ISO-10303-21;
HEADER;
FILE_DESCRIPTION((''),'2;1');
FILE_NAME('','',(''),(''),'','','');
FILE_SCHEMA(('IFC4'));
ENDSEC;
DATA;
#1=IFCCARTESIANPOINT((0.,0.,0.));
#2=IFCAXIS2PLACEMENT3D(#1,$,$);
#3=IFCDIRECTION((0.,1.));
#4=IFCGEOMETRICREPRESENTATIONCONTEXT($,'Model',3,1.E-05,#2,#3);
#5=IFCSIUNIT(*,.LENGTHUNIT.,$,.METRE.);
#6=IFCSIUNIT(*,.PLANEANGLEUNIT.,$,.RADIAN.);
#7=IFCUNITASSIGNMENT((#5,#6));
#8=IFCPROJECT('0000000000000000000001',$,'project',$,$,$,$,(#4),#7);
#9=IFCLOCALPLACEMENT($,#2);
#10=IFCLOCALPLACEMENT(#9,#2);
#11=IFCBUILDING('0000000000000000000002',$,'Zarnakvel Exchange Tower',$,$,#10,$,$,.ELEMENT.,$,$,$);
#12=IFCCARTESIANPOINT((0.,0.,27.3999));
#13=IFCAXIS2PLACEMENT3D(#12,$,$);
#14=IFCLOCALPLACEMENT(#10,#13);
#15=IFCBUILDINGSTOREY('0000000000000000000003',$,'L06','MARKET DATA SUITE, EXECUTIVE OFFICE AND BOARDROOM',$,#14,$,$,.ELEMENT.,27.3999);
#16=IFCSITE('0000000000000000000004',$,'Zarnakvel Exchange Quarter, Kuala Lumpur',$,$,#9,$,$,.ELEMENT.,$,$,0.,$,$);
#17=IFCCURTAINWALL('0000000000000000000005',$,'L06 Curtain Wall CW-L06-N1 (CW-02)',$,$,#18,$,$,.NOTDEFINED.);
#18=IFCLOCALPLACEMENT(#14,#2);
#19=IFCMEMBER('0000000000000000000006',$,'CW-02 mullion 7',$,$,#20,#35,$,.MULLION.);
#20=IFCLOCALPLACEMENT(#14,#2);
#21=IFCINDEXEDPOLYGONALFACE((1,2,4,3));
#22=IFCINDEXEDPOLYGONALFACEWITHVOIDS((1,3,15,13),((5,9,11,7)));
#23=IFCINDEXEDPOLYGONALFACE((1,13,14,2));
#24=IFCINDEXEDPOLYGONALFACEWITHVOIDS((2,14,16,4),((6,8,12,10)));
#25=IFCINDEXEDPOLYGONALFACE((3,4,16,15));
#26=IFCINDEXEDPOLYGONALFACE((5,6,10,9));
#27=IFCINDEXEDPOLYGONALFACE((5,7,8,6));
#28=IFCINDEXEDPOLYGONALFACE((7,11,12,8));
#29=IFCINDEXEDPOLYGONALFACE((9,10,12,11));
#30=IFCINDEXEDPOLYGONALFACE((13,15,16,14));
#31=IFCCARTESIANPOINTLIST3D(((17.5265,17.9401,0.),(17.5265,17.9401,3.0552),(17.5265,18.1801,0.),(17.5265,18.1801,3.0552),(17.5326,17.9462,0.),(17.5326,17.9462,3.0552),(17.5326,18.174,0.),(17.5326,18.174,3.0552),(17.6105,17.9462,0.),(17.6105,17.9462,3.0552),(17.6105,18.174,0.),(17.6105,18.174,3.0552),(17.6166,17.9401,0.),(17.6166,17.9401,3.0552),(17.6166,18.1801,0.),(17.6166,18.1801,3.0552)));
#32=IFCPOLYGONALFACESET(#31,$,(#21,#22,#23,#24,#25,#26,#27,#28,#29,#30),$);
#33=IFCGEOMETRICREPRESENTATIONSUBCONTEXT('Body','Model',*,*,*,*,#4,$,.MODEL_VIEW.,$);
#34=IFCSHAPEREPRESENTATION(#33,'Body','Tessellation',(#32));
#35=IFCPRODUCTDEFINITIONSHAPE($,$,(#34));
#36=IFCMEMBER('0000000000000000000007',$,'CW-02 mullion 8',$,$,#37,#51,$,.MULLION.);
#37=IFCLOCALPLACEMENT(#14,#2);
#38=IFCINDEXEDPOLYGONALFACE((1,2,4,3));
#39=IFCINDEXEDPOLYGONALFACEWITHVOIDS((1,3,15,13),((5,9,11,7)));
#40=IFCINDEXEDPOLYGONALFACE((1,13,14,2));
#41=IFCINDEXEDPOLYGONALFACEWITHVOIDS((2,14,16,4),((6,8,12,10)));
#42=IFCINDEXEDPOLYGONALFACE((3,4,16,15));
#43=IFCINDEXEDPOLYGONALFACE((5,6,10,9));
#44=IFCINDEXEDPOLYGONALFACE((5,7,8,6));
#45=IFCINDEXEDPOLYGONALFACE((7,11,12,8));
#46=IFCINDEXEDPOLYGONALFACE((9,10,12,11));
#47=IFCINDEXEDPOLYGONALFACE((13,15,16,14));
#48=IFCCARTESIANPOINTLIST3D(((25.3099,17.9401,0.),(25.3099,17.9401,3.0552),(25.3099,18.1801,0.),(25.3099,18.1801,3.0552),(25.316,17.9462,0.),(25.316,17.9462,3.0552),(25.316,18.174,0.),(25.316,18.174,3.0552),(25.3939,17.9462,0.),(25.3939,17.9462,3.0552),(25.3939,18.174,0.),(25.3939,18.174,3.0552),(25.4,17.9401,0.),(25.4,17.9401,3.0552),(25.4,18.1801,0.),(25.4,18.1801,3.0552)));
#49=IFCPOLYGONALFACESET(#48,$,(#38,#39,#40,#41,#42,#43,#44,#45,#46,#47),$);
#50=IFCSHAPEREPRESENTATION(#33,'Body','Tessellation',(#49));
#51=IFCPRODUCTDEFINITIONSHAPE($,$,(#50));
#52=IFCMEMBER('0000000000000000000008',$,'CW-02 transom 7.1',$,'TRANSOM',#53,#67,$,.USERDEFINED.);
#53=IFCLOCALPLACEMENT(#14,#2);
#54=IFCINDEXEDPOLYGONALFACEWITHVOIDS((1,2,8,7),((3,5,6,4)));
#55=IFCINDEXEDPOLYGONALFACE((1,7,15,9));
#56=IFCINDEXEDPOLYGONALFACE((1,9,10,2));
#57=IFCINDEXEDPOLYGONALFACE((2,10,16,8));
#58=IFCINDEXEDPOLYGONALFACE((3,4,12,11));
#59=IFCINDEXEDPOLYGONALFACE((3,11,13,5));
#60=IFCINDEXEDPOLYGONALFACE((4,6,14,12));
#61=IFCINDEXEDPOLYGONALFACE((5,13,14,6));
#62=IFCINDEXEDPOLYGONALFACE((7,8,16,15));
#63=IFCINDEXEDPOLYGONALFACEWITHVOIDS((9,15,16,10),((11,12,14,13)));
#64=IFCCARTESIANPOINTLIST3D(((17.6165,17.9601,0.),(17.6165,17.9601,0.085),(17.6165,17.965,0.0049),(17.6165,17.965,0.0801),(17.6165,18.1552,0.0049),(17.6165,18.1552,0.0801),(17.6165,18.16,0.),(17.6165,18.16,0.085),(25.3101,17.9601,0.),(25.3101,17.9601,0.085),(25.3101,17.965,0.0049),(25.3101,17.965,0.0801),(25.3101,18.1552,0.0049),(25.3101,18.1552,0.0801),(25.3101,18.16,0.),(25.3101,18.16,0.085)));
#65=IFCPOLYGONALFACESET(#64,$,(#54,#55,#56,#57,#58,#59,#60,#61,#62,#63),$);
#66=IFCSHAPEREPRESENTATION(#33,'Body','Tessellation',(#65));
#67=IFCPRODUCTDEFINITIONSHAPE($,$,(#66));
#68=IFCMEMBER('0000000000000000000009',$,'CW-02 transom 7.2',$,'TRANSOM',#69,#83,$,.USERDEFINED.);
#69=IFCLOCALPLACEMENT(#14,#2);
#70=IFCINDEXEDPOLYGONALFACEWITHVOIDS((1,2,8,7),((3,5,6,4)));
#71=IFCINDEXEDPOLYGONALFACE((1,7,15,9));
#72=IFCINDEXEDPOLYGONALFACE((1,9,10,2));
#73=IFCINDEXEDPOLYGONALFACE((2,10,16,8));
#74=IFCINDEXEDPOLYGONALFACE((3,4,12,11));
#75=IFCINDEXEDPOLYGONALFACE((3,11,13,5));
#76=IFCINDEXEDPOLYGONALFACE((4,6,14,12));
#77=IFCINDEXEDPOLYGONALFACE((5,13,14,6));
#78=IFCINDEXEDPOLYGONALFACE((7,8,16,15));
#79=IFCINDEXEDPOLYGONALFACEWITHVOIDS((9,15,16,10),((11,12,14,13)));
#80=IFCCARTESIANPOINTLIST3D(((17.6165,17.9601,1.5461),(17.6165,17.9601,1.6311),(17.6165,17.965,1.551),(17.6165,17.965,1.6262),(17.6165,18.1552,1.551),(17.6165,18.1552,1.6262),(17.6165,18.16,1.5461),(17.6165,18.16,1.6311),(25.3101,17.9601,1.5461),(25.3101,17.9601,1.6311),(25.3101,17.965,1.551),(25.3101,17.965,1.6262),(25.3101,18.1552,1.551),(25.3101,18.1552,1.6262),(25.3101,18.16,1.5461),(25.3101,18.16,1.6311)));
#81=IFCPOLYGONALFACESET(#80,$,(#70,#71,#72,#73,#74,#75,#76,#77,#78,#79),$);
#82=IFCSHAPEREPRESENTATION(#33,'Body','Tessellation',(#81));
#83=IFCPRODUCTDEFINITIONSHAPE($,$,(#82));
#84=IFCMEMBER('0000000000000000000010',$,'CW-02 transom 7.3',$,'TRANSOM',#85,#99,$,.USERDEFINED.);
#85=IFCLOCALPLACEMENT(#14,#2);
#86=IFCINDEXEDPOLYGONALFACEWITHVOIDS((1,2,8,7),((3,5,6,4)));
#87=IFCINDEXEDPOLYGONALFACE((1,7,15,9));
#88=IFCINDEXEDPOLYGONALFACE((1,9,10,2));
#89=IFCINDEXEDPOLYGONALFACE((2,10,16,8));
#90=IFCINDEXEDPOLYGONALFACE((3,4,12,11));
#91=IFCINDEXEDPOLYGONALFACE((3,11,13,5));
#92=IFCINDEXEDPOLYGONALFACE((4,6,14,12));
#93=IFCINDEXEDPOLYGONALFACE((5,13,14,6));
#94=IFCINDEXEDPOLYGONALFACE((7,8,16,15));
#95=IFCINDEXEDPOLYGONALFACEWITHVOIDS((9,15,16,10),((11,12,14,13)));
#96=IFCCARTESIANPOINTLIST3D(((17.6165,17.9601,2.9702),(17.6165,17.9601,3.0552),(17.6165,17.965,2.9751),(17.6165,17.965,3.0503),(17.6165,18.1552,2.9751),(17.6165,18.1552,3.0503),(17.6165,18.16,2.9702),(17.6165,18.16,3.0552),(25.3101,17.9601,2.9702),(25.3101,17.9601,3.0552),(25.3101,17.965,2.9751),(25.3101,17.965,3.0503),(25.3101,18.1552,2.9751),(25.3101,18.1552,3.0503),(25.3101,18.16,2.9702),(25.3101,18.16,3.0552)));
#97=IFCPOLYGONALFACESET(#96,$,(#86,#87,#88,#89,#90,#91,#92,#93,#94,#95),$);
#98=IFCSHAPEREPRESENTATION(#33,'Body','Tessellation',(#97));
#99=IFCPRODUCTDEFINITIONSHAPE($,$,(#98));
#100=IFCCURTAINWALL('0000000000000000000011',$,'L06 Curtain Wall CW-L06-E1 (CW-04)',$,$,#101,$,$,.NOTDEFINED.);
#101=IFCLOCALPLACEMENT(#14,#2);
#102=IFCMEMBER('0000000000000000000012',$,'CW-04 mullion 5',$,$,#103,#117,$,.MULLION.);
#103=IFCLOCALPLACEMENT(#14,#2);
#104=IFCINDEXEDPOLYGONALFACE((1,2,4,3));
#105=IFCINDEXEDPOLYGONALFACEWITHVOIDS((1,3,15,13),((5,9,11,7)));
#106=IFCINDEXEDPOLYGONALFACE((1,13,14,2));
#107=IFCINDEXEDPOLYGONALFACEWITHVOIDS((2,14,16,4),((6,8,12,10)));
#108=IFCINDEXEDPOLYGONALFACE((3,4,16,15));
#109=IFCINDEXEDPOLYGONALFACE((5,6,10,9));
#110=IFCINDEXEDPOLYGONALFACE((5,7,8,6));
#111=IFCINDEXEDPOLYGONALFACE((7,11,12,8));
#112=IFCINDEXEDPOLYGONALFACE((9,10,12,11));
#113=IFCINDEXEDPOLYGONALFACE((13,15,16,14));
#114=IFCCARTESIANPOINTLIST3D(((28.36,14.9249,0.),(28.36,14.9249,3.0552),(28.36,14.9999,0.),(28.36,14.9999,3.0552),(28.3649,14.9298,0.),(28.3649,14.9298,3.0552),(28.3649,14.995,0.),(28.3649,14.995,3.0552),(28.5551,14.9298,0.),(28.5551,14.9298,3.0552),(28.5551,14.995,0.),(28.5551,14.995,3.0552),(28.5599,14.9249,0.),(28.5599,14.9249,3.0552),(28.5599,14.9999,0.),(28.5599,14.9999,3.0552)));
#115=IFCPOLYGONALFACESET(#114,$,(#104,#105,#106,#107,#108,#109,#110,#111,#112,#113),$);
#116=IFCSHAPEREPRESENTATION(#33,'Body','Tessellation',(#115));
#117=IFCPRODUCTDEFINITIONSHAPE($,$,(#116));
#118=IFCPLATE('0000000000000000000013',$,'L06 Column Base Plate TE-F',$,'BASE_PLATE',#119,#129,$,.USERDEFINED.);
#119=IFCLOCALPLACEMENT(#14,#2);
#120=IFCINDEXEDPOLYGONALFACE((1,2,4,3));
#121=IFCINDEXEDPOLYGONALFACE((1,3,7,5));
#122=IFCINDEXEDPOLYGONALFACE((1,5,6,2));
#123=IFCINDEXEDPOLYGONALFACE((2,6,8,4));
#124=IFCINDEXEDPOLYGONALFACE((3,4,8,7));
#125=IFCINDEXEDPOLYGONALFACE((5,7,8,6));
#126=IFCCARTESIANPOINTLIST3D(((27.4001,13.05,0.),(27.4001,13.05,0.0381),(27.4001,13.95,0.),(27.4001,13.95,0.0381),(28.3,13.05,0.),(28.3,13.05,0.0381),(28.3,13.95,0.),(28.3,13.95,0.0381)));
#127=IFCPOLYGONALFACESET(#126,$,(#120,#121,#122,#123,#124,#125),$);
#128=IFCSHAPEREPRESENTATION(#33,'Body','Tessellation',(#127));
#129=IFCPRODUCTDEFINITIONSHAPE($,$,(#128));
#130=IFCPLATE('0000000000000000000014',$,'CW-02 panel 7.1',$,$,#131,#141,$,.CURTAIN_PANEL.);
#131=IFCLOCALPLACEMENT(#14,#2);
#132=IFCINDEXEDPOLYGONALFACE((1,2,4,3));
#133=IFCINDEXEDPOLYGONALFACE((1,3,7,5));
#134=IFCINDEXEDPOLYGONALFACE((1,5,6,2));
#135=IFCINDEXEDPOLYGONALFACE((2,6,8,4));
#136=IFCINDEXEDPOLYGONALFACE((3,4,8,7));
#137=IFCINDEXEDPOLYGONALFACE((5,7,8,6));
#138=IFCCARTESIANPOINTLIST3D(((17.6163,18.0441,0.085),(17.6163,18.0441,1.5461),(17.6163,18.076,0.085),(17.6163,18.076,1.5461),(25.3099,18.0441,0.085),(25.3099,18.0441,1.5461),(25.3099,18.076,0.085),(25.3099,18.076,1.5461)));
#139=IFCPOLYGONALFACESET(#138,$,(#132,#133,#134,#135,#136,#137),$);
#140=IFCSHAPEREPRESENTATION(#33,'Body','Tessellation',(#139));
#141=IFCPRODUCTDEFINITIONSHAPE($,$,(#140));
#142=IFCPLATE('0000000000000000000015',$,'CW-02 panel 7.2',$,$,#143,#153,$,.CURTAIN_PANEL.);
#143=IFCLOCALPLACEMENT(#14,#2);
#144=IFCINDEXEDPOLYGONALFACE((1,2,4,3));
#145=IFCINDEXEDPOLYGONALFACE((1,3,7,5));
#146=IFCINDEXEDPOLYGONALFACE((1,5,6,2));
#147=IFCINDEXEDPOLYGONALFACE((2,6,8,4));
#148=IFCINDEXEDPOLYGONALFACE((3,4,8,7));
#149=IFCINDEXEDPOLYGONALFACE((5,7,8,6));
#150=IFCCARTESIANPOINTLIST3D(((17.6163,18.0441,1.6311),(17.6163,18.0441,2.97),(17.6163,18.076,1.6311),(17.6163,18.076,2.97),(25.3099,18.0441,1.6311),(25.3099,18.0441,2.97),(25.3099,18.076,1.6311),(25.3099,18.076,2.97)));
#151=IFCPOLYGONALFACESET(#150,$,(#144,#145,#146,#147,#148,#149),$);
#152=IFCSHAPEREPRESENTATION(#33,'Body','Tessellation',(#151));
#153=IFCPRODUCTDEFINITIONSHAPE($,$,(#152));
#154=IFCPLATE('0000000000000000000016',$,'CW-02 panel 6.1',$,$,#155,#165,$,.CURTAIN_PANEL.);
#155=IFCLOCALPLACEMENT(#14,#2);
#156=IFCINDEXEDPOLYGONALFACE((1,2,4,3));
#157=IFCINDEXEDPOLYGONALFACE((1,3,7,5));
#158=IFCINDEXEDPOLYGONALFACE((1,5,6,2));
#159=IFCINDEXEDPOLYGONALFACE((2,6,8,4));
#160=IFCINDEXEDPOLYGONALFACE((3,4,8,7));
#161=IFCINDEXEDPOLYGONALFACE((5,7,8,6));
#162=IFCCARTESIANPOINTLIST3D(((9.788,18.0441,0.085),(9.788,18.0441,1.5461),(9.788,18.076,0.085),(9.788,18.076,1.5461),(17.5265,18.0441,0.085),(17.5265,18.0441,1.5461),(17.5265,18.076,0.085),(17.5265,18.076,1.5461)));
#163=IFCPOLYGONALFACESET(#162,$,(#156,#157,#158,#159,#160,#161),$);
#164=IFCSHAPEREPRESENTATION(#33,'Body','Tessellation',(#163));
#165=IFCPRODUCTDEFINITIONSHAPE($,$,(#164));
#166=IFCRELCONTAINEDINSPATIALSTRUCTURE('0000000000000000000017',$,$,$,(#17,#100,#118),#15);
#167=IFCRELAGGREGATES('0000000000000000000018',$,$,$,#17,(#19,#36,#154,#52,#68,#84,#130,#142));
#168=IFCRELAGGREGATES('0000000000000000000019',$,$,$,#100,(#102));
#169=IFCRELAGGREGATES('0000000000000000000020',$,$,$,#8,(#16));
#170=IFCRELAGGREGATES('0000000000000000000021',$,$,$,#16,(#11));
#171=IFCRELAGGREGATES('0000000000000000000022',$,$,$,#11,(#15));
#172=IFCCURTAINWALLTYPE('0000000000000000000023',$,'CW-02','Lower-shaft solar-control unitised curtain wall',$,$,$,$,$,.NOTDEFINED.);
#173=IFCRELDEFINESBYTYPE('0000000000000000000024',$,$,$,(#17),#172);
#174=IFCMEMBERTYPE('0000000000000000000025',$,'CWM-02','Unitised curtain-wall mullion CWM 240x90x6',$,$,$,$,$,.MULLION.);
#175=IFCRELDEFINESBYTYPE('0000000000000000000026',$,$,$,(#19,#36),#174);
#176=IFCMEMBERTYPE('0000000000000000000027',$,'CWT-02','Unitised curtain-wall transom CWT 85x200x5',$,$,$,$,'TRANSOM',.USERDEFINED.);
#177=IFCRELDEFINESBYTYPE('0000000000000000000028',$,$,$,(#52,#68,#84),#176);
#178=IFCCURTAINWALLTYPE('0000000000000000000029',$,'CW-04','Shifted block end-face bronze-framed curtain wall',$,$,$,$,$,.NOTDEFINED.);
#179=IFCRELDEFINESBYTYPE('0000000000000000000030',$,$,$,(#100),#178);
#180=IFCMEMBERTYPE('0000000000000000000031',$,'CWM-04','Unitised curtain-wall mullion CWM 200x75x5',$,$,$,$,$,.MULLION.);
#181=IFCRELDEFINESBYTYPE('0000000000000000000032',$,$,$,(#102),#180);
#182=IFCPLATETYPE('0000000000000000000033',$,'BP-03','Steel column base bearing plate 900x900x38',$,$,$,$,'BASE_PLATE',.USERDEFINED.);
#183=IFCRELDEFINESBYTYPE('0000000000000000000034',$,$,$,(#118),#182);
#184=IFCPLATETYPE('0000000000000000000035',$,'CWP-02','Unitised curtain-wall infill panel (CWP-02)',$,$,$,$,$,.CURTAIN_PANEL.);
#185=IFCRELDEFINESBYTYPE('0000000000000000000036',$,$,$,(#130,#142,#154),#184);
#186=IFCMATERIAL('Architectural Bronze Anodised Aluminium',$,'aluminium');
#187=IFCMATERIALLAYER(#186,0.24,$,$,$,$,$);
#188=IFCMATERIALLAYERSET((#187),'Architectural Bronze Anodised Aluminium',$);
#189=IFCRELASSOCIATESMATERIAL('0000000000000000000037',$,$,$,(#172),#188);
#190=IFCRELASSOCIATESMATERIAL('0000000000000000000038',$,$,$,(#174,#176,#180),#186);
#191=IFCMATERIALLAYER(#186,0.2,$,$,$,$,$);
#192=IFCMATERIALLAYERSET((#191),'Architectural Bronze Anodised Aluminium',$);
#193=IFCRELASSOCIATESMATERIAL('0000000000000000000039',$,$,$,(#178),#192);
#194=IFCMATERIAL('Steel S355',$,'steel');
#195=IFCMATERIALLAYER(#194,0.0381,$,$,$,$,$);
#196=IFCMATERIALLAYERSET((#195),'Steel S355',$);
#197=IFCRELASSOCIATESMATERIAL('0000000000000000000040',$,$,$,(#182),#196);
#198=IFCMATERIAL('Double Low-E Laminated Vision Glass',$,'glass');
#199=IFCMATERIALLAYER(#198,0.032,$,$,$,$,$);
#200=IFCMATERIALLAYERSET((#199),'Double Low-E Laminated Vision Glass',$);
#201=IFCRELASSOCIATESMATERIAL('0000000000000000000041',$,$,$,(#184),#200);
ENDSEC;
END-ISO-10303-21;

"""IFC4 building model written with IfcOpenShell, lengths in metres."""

from ifc_helpers import new_model, si_unit, direction, frame, origin, origin_2d, place, context, subcontext, project, spatial, rectangle, hollow_rectangle, extrude, source, transform, mapped, material, layer, layer_set, material_profile, profile_set, type_object, element, aggregate, save


model = new_model("IFC4")

# Units and contexts
model_context = context("Model", 3, precision=1e-05, world=origin(), true_north=direction((0.0, 1.0)))
body_context = subcontext(model_context, "Body", "Model", "MODEL_VIEW")
ifc_project = project(units=[si_unit("LENGTHUNIT", "METRE"), si_unit("PLANEANGLEUNIT", "RADIAN")], contexts=[model_context])

# Site, building, storey
site_placement = place(None, origin())
site = spatial("IfcSite", under=ifc_project, at=site_placement, Name="Zarnakvel Exchange Quarter, Kuala Lumpur", CompositionType="ELEMENT", RefElevation=0.0)
building_placement = place(site_placement, origin())
building = spatial("IfcBuilding", under=site, at=building_placement, Name="Zarnakvel Exchange Tower", CompositionType="ELEMENT")
storey_placement = place(building_placement, frame((0.0, 0.0, 27.3999)))
storey = spatial("IfcBuildingStorey", under=building, at=storey_placement, Name="L06", Description="MARKET DATA SUITE, EXECUTIVE OFFICE AND BOARDROOM", CompositionType="ELEMENT", Elevation=27.3999)

# Shared definitions
ifc_material_1 = material(Name="Steel S355", Category="steel")

# Curtain wall, members
ifc_material_2 = material(Name="Architectural Bronze Anodised Aluminium", Category="aluminium")
ifc_layer_1 = layer(ifc_material_2, 0.24)
ifc_layer_set_1 = layer_set([ifc_layer_1], Name="Architectural Bronze Anodised Aluminium")
curtain_wall_type_1 = type_object("IfcCurtainWallType", Name="CW-02", Description="Lower-shaft solar-control unitised curtain wall", PredefinedType="NOTDEFINED", material=ifc_layer_set_1)
curtain_wall_1_placement = place(storey_placement, origin())
curtain_wall_1 = element("IfcCurtainWall", 1, at=curtain_wall_1_placement, inside=storey, type_object=curtain_wall_type_1, Name="L06 Curtain Wall CW-L06-N1 (CW-02)", PredefinedType="NOTDEFINED")
ifc_material_profile_1 = material_profile(ifc_material_2, hollow_rectangle(XDim=0.24, YDim=0.0901, WallThickness=0.0061, at=origin_2d()))
ifc_profile_set_1 = profile_set([ifc_material_profile_1], Name="Architectural Bronze Anodised Aluminium")
member_type_1 = type_object("IfcMemberType", Name="CWM-02", Description="Unitised curtain-wall mullion CWM 240x90x6", PredefinedType="MULLION", material=ifc_profile_set_1)
shared_shape_1 = source(origin(), body_context, "Body", "SweptSolid", [
    extrude(hollow_rectangle(XDim=0.24, YDim=0.0901, WallThickness=0.0061, at=origin_2d()), origin(), (0.0, 0.0, 1.0), 3.0552),
])
member_1_placement = place(storey_placement, frame((17.5715, 18.0601, 0.0), z_axis=(0.0, 0.0, 1.0), x_axis=(0.0, 1.0, 0.0)))
member_1 = element("IfcMember", 2, at=member_1_placement, type_object=member_type_1, Name="CW-02 mullion 7", PredefinedType="MULLION", context=body_context, shape_type="MappedRepresentation", body=[
    mapped(shared_shape_1, transform((0.0, 0.0, 0.0), x_axis=(1.0, 0.0, 0.0), y_axis=(0.0, 1.0, 0.0), z_axis=(0.0, 0.0, 1.0), scale=1.0)),
])
member_2_placement = place(storey_placement, frame((25.355, 18.0601, 0.0), z_axis=(0.0, 0.0, 1.0), x_axis=(0.0, 1.0, 0.0)))
member_2 = element("IfcMember", 3, at=member_2_placement, type_object=member_type_1, Name="CW-02 mullion 8", PredefinedType="MULLION", context=body_context, shape_type="MappedRepresentation", body=[
    mapped(shared_shape_1, transform((0.0, 0.0, 0.0), x_axis=(1.0, 0.0, 0.0), y_axis=(0.0, 1.0, 0.0), z_axis=(0.0, 0.0, 1.0), scale=1.0)),
])
ifc_material_profile_2 = material_profile(ifc_material_2, hollow_rectangle(XDim=0.2, YDim=0.085, WallThickness=0.0049, at=origin_2d()))
ifc_profile_set_2 = profile_set([ifc_material_profile_2], Name="Architectural Bronze Anodised Aluminium")
member_type_2 = type_object("IfcMemberType", Name="CWT-02", Description="Unitised curtain-wall transom CWT 85x200x5", ElementType="TRANSOM", PredefinedType="USERDEFINED", material=ifc_profile_set_2)
shared_shape_2 = source(origin(), body_context, "Body", "SweptSolid", [
    extrude(hollow_rectangle(XDim=0.2, YDim=0.085, WallThickness=0.0049, at=origin_2d()), origin(), (0.0, 0.0, 1.0), 7.6936),
])
member_3_placement = place(storey_placement, frame((17.6165, 18.0601, 0.0425), z_axis=(1.0, 0.0, 0.0), x_axis=(0.0, 1.0, 0.0)))
member_3 = element("IfcMember", 4, at=member_3_placement, type_object=member_type_2, Name="CW-02 transom 7.1", ObjectType="TRANSOM", PredefinedType="USERDEFINED", context=body_context, shape_type="MappedRepresentation", body=[
    mapped(shared_shape_2, transform((0.0, 0.0, 0.0), x_axis=(1.0, 0.0, 0.0), y_axis=(0.0, 1.0, 0.0), z_axis=(0.0, 0.0, 1.0), scale=1.0)),
])
member_4_placement = place(storey_placement, frame((17.6165, 18.0601, 1.5886), z_axis=(1.0, 0.0, 0.0), x_axis=(0.0, 1.0, 0.0)))
member_4 = element("IfcMember", 5, at=member_4_placement, type_object=member_type_2, Name="CW-02 transom 7.2", ObjectType="TRANSOM", PredefinedType="USERDEFINED", context=body_context, shape_type="MappedRepresentation", body=[
    mapped(shared_shape_2, transform((0.0, 0.0, 0.0), x_axis=(1.0, 0.0, 0.0), y_axis=(0.0, 1.0, 0.0), z_axis=(0.0, 0.0, 1.0), scale=1.0)),
])
member_5_placement = place(storey_placement, frame((17.6165, 18.0601, 3.0127), z_axis=(1.0, 0.0, 0.0), x_axis=(0.0, 1.0, 0.0)))
member_5 = element("IfcMember", 6, at=member_5_placement, type_object=member_type_2, Name="CW-02 transom 7.3", ObjectType="TRANSOM", PredefinedType="USERDEFINED", context=body_context, shape_type="MappedRepresentation", body=[
    mapped(shared_shape_2, transform((0.0, 0.0, 0.0), x_axis=(1.0, 0.0, 0.0), y_axis=(0.0, 1.0, 0.0), z_axis=(0.0, 0.0, 1.0), scale=1.0)),
])

# Curtain wall, member
ifc_layer_2 = layer(ifc_material_2, 0.2)
ifc_layer_set_2 = layer_set([ifc_layer_2], Name="Architectural Bronze Anodised Aluminium")
curtain_wall_type_2 = type_object("IfcCurtainWallType", Name="CW-04", Description="Shifted block end-face bronze-framed curtain wall", PredefinedType="NOTDEFINED", material=ifc_layer_set_2)
curtain_wall_2_placement = place(storey_placement, origin())
curtain_wall_2 = element("IfcCurtainWall", 7, at=curtain_wall_2_placement, inside=storey, type_object=curtain_wall_type_2, Name="L06 Curtain Wall CW-L06-E1 (CW-04)", PredefinedType="NOTDEFINED")
ifc_material_profile_3 = material_profile(ifc_material_2, hollow_rectangle(XDim=0.2, YDim=0.075, WallThickness=0.0049, at=origin_2d()))
ifc_profile_set_3 = profile_set([ifc_material_profile_3], Name="Architectural Bronze Anodised Aluminium")
member_type_3 = type_object("IfcMemberType", Name="CWM-04", Description="Unitised curtain-wall mullion CWM 200x75x5", PredefinedType="MULLION", material=ifc_profile_set_3)
shared_shape_3 = source(origin(), body_context, "Body", "SweptSolid", [
    extrude(hollow_rectangle(XDim=0.2, YDim=0.075, WallThickness=0.0049, at=origin_2d()), origin(), (0.0, 0.0, 1.0), 3.0552),
])
member_6_placement = place(storey_placement, frame((28.46, 14.9624, 0.0), z_axis=(0.0, 0.0, 1.0), x_axis=(-1.0, 0.0, 0.0)))
member_6 = element("IfcMember", 8, at=member_6_placement, type_object=member_type_3, Name="CW-04 mullion 5", PredefinedType="MULLION", context=body_context, shape_type="MappedRepresentation", body=[
    mapped(shared_shape_3, transform((0.0, 0.0, 0.0), x_axis=(1.0, 0.0, 0.0), y_axis=(0.0, 1.0, 0.0), z_axis=(0.0, 0.0, 1.0), scale=1.0)),
])

# Plates
ifc_layer_3 = layer(ifc_material_1, 0.0381)
ifc_layer_set_3 = layer_set([ifc_layer_3], Name="Steel S355")
plate_type_1 = type_object("IfcPlateType", Name="BP-03", Description="Steel column base bearing plate 900x900x38", ElementType="BASE_PLATE", PredefinedType="USERDEFINED", material=ifc_layer_set_3)
shared_shape_4 = source(origin(), body_context, "Body", "SweptSolid", [
    extrude(rectangle(XDim=0.8999, YDim=0.8999, at=origin_2d()), origin(), (0.0, 0.0, 1.0), 0.0381),
])
plate_1_placement = place(storey_placement, frame((27.8501, 13.5, 0.0), z_axis=(0.0, 0.0, 1.0), x_axis=(1.0, 0.0, 0.0)))
element("IfcPlate", 9, at=plate_1_placement, inside=storey, type_object=plate_type_1, Name="L06 Column Base Plate TE-F", ObjectType="BASE_PLATE", PredefinedType="USERDEFINED", context=body_context, shape_type="MappedRepresentation", body=[
    mapped(shared_shape_4, transform((0.0, 0.0, 0.0), x_axis=(1.0, 0.0, 0.0), y_axis=(0.0, 1.0, 0.0), z_axis=(0.0, 0.0, 1.0), scale=1.0)),
])
ifc_material_3 = material(Name="Double Low-E Laminated Vision Glass", Category="glass")
ifc_layer_4 = layer(ifc_material_3, 0.032)
ifc_layer_set_4 = layer_set([ifc_layer_4], Name="Double Low-E Laminated Vision Glass")
plate_type_2 = type_object("IfcPlateType", Name="CWP-02", Description="Unitised curtain-wall infill panel (CWP-02)", PredefinedType="CURTAIN_PANEL", material=ifc_layer_set_4)
shared_shape_5 = source(origin(), body_context, "Body", "SweptSolid", [
    extrude(rectangle(XDim=7.6936, YDim=0.032, at=origin_2d()), origin(), (0.0, 0.0, 1.0), 1.4612),
])
plate_2_placement = place(storey_placement, frame((21.4631, 18.0601, 0.085), z_axis=(0.0, 0.0, 1.0), x_axis=(1.0, 0.0, 0.0)))
plate_2 = element("IfcPlate", 10, at=plate_2_placement, type_object=plate_type_2, Name="CW-02 panel 7.1", PredefinedType="CURTAIN_PANEL", context=body_context, shape_type="MappedRepresentation", body=[
    mapped(shared_shape_5, transform((0.0, 0.0, 0.0), x_axis=(1.0, 0.0, 0.0), y_axis=(0.0, 1.0, 0.0), z_axis=(0.0, 0.0, 1.0), scale=1.0)),
])
shared_shape_6 = source(origin(), body_context, "Body", "SweptSolid", [
    extrude(rectangle(XDim=7.6936, YDim=0.032, at=origin_2d()), origin(), (0.0, 0.0, 1.0), 1.3389),
])
plate_3_placement = place(storey_placement, frame((21.4631, 18.0601, 1.6311), z_axis=(0.0, 0.0, 1.0), x_axis=(1.0, 0.0, 0.0)))
plate_3 = element("IfcPlate", 11, at=plate_3_placement, type_object=plate_type_2, Name="CW-02 panel 7.2", PredefinedType="CURTAIN_PANEL", context=body_context, shape_type="MappedRepresentation", body=[
    mapped(shared_shape_6, transform((0.0, 0.0, 0.0), x_axis=(1.0, 0.0, 0.0), y_axis=(0.0, 1.0, 0.0), z_axis=(0.0, 0.0, 1.0), scale=1.0)),
])
shared_shape_7 = source(origin(), body_context, "Body", "SweptSolid", [
    extrude(rectangle(XDim=7.7385, YDim=0.032, at=origin_2d()), origin(), (0.0, 0.0, 1.0), 1.4612),
])
plate_4_placement = place(storey_placement, frame((13.6572, 18.0601, 0.085), z_axis=(0.0, 0.0, 1.0), x_axis=(1.0, 0.0, 0.0)))
plate_4 = element("IfcPlate", 12, at=plate_4_placement, type_object=plate_type_2, Name="CW-02 panel 6.1", PredefinedType="CURTAIN_PANEL", context=body_context, shape_type="MappedRepresentation", body=[
    mapped(shared_shape_7, transform((0.0, 0.0, 0.0), x_axis=(1.0, 0.0, 0.0), y_axis=(0.0, 1.0, 0.0), z_axis=(0.0, 0.0, 1.0), scale=1.0)),
])
aggregate(curtain_wall_1, [member_1, member_2, plate_4, member_3, member_4, member_5, plate_2, plate_3])
aggregate(curtain_wall_2, [member_6])

save(model, "model.ifc")
